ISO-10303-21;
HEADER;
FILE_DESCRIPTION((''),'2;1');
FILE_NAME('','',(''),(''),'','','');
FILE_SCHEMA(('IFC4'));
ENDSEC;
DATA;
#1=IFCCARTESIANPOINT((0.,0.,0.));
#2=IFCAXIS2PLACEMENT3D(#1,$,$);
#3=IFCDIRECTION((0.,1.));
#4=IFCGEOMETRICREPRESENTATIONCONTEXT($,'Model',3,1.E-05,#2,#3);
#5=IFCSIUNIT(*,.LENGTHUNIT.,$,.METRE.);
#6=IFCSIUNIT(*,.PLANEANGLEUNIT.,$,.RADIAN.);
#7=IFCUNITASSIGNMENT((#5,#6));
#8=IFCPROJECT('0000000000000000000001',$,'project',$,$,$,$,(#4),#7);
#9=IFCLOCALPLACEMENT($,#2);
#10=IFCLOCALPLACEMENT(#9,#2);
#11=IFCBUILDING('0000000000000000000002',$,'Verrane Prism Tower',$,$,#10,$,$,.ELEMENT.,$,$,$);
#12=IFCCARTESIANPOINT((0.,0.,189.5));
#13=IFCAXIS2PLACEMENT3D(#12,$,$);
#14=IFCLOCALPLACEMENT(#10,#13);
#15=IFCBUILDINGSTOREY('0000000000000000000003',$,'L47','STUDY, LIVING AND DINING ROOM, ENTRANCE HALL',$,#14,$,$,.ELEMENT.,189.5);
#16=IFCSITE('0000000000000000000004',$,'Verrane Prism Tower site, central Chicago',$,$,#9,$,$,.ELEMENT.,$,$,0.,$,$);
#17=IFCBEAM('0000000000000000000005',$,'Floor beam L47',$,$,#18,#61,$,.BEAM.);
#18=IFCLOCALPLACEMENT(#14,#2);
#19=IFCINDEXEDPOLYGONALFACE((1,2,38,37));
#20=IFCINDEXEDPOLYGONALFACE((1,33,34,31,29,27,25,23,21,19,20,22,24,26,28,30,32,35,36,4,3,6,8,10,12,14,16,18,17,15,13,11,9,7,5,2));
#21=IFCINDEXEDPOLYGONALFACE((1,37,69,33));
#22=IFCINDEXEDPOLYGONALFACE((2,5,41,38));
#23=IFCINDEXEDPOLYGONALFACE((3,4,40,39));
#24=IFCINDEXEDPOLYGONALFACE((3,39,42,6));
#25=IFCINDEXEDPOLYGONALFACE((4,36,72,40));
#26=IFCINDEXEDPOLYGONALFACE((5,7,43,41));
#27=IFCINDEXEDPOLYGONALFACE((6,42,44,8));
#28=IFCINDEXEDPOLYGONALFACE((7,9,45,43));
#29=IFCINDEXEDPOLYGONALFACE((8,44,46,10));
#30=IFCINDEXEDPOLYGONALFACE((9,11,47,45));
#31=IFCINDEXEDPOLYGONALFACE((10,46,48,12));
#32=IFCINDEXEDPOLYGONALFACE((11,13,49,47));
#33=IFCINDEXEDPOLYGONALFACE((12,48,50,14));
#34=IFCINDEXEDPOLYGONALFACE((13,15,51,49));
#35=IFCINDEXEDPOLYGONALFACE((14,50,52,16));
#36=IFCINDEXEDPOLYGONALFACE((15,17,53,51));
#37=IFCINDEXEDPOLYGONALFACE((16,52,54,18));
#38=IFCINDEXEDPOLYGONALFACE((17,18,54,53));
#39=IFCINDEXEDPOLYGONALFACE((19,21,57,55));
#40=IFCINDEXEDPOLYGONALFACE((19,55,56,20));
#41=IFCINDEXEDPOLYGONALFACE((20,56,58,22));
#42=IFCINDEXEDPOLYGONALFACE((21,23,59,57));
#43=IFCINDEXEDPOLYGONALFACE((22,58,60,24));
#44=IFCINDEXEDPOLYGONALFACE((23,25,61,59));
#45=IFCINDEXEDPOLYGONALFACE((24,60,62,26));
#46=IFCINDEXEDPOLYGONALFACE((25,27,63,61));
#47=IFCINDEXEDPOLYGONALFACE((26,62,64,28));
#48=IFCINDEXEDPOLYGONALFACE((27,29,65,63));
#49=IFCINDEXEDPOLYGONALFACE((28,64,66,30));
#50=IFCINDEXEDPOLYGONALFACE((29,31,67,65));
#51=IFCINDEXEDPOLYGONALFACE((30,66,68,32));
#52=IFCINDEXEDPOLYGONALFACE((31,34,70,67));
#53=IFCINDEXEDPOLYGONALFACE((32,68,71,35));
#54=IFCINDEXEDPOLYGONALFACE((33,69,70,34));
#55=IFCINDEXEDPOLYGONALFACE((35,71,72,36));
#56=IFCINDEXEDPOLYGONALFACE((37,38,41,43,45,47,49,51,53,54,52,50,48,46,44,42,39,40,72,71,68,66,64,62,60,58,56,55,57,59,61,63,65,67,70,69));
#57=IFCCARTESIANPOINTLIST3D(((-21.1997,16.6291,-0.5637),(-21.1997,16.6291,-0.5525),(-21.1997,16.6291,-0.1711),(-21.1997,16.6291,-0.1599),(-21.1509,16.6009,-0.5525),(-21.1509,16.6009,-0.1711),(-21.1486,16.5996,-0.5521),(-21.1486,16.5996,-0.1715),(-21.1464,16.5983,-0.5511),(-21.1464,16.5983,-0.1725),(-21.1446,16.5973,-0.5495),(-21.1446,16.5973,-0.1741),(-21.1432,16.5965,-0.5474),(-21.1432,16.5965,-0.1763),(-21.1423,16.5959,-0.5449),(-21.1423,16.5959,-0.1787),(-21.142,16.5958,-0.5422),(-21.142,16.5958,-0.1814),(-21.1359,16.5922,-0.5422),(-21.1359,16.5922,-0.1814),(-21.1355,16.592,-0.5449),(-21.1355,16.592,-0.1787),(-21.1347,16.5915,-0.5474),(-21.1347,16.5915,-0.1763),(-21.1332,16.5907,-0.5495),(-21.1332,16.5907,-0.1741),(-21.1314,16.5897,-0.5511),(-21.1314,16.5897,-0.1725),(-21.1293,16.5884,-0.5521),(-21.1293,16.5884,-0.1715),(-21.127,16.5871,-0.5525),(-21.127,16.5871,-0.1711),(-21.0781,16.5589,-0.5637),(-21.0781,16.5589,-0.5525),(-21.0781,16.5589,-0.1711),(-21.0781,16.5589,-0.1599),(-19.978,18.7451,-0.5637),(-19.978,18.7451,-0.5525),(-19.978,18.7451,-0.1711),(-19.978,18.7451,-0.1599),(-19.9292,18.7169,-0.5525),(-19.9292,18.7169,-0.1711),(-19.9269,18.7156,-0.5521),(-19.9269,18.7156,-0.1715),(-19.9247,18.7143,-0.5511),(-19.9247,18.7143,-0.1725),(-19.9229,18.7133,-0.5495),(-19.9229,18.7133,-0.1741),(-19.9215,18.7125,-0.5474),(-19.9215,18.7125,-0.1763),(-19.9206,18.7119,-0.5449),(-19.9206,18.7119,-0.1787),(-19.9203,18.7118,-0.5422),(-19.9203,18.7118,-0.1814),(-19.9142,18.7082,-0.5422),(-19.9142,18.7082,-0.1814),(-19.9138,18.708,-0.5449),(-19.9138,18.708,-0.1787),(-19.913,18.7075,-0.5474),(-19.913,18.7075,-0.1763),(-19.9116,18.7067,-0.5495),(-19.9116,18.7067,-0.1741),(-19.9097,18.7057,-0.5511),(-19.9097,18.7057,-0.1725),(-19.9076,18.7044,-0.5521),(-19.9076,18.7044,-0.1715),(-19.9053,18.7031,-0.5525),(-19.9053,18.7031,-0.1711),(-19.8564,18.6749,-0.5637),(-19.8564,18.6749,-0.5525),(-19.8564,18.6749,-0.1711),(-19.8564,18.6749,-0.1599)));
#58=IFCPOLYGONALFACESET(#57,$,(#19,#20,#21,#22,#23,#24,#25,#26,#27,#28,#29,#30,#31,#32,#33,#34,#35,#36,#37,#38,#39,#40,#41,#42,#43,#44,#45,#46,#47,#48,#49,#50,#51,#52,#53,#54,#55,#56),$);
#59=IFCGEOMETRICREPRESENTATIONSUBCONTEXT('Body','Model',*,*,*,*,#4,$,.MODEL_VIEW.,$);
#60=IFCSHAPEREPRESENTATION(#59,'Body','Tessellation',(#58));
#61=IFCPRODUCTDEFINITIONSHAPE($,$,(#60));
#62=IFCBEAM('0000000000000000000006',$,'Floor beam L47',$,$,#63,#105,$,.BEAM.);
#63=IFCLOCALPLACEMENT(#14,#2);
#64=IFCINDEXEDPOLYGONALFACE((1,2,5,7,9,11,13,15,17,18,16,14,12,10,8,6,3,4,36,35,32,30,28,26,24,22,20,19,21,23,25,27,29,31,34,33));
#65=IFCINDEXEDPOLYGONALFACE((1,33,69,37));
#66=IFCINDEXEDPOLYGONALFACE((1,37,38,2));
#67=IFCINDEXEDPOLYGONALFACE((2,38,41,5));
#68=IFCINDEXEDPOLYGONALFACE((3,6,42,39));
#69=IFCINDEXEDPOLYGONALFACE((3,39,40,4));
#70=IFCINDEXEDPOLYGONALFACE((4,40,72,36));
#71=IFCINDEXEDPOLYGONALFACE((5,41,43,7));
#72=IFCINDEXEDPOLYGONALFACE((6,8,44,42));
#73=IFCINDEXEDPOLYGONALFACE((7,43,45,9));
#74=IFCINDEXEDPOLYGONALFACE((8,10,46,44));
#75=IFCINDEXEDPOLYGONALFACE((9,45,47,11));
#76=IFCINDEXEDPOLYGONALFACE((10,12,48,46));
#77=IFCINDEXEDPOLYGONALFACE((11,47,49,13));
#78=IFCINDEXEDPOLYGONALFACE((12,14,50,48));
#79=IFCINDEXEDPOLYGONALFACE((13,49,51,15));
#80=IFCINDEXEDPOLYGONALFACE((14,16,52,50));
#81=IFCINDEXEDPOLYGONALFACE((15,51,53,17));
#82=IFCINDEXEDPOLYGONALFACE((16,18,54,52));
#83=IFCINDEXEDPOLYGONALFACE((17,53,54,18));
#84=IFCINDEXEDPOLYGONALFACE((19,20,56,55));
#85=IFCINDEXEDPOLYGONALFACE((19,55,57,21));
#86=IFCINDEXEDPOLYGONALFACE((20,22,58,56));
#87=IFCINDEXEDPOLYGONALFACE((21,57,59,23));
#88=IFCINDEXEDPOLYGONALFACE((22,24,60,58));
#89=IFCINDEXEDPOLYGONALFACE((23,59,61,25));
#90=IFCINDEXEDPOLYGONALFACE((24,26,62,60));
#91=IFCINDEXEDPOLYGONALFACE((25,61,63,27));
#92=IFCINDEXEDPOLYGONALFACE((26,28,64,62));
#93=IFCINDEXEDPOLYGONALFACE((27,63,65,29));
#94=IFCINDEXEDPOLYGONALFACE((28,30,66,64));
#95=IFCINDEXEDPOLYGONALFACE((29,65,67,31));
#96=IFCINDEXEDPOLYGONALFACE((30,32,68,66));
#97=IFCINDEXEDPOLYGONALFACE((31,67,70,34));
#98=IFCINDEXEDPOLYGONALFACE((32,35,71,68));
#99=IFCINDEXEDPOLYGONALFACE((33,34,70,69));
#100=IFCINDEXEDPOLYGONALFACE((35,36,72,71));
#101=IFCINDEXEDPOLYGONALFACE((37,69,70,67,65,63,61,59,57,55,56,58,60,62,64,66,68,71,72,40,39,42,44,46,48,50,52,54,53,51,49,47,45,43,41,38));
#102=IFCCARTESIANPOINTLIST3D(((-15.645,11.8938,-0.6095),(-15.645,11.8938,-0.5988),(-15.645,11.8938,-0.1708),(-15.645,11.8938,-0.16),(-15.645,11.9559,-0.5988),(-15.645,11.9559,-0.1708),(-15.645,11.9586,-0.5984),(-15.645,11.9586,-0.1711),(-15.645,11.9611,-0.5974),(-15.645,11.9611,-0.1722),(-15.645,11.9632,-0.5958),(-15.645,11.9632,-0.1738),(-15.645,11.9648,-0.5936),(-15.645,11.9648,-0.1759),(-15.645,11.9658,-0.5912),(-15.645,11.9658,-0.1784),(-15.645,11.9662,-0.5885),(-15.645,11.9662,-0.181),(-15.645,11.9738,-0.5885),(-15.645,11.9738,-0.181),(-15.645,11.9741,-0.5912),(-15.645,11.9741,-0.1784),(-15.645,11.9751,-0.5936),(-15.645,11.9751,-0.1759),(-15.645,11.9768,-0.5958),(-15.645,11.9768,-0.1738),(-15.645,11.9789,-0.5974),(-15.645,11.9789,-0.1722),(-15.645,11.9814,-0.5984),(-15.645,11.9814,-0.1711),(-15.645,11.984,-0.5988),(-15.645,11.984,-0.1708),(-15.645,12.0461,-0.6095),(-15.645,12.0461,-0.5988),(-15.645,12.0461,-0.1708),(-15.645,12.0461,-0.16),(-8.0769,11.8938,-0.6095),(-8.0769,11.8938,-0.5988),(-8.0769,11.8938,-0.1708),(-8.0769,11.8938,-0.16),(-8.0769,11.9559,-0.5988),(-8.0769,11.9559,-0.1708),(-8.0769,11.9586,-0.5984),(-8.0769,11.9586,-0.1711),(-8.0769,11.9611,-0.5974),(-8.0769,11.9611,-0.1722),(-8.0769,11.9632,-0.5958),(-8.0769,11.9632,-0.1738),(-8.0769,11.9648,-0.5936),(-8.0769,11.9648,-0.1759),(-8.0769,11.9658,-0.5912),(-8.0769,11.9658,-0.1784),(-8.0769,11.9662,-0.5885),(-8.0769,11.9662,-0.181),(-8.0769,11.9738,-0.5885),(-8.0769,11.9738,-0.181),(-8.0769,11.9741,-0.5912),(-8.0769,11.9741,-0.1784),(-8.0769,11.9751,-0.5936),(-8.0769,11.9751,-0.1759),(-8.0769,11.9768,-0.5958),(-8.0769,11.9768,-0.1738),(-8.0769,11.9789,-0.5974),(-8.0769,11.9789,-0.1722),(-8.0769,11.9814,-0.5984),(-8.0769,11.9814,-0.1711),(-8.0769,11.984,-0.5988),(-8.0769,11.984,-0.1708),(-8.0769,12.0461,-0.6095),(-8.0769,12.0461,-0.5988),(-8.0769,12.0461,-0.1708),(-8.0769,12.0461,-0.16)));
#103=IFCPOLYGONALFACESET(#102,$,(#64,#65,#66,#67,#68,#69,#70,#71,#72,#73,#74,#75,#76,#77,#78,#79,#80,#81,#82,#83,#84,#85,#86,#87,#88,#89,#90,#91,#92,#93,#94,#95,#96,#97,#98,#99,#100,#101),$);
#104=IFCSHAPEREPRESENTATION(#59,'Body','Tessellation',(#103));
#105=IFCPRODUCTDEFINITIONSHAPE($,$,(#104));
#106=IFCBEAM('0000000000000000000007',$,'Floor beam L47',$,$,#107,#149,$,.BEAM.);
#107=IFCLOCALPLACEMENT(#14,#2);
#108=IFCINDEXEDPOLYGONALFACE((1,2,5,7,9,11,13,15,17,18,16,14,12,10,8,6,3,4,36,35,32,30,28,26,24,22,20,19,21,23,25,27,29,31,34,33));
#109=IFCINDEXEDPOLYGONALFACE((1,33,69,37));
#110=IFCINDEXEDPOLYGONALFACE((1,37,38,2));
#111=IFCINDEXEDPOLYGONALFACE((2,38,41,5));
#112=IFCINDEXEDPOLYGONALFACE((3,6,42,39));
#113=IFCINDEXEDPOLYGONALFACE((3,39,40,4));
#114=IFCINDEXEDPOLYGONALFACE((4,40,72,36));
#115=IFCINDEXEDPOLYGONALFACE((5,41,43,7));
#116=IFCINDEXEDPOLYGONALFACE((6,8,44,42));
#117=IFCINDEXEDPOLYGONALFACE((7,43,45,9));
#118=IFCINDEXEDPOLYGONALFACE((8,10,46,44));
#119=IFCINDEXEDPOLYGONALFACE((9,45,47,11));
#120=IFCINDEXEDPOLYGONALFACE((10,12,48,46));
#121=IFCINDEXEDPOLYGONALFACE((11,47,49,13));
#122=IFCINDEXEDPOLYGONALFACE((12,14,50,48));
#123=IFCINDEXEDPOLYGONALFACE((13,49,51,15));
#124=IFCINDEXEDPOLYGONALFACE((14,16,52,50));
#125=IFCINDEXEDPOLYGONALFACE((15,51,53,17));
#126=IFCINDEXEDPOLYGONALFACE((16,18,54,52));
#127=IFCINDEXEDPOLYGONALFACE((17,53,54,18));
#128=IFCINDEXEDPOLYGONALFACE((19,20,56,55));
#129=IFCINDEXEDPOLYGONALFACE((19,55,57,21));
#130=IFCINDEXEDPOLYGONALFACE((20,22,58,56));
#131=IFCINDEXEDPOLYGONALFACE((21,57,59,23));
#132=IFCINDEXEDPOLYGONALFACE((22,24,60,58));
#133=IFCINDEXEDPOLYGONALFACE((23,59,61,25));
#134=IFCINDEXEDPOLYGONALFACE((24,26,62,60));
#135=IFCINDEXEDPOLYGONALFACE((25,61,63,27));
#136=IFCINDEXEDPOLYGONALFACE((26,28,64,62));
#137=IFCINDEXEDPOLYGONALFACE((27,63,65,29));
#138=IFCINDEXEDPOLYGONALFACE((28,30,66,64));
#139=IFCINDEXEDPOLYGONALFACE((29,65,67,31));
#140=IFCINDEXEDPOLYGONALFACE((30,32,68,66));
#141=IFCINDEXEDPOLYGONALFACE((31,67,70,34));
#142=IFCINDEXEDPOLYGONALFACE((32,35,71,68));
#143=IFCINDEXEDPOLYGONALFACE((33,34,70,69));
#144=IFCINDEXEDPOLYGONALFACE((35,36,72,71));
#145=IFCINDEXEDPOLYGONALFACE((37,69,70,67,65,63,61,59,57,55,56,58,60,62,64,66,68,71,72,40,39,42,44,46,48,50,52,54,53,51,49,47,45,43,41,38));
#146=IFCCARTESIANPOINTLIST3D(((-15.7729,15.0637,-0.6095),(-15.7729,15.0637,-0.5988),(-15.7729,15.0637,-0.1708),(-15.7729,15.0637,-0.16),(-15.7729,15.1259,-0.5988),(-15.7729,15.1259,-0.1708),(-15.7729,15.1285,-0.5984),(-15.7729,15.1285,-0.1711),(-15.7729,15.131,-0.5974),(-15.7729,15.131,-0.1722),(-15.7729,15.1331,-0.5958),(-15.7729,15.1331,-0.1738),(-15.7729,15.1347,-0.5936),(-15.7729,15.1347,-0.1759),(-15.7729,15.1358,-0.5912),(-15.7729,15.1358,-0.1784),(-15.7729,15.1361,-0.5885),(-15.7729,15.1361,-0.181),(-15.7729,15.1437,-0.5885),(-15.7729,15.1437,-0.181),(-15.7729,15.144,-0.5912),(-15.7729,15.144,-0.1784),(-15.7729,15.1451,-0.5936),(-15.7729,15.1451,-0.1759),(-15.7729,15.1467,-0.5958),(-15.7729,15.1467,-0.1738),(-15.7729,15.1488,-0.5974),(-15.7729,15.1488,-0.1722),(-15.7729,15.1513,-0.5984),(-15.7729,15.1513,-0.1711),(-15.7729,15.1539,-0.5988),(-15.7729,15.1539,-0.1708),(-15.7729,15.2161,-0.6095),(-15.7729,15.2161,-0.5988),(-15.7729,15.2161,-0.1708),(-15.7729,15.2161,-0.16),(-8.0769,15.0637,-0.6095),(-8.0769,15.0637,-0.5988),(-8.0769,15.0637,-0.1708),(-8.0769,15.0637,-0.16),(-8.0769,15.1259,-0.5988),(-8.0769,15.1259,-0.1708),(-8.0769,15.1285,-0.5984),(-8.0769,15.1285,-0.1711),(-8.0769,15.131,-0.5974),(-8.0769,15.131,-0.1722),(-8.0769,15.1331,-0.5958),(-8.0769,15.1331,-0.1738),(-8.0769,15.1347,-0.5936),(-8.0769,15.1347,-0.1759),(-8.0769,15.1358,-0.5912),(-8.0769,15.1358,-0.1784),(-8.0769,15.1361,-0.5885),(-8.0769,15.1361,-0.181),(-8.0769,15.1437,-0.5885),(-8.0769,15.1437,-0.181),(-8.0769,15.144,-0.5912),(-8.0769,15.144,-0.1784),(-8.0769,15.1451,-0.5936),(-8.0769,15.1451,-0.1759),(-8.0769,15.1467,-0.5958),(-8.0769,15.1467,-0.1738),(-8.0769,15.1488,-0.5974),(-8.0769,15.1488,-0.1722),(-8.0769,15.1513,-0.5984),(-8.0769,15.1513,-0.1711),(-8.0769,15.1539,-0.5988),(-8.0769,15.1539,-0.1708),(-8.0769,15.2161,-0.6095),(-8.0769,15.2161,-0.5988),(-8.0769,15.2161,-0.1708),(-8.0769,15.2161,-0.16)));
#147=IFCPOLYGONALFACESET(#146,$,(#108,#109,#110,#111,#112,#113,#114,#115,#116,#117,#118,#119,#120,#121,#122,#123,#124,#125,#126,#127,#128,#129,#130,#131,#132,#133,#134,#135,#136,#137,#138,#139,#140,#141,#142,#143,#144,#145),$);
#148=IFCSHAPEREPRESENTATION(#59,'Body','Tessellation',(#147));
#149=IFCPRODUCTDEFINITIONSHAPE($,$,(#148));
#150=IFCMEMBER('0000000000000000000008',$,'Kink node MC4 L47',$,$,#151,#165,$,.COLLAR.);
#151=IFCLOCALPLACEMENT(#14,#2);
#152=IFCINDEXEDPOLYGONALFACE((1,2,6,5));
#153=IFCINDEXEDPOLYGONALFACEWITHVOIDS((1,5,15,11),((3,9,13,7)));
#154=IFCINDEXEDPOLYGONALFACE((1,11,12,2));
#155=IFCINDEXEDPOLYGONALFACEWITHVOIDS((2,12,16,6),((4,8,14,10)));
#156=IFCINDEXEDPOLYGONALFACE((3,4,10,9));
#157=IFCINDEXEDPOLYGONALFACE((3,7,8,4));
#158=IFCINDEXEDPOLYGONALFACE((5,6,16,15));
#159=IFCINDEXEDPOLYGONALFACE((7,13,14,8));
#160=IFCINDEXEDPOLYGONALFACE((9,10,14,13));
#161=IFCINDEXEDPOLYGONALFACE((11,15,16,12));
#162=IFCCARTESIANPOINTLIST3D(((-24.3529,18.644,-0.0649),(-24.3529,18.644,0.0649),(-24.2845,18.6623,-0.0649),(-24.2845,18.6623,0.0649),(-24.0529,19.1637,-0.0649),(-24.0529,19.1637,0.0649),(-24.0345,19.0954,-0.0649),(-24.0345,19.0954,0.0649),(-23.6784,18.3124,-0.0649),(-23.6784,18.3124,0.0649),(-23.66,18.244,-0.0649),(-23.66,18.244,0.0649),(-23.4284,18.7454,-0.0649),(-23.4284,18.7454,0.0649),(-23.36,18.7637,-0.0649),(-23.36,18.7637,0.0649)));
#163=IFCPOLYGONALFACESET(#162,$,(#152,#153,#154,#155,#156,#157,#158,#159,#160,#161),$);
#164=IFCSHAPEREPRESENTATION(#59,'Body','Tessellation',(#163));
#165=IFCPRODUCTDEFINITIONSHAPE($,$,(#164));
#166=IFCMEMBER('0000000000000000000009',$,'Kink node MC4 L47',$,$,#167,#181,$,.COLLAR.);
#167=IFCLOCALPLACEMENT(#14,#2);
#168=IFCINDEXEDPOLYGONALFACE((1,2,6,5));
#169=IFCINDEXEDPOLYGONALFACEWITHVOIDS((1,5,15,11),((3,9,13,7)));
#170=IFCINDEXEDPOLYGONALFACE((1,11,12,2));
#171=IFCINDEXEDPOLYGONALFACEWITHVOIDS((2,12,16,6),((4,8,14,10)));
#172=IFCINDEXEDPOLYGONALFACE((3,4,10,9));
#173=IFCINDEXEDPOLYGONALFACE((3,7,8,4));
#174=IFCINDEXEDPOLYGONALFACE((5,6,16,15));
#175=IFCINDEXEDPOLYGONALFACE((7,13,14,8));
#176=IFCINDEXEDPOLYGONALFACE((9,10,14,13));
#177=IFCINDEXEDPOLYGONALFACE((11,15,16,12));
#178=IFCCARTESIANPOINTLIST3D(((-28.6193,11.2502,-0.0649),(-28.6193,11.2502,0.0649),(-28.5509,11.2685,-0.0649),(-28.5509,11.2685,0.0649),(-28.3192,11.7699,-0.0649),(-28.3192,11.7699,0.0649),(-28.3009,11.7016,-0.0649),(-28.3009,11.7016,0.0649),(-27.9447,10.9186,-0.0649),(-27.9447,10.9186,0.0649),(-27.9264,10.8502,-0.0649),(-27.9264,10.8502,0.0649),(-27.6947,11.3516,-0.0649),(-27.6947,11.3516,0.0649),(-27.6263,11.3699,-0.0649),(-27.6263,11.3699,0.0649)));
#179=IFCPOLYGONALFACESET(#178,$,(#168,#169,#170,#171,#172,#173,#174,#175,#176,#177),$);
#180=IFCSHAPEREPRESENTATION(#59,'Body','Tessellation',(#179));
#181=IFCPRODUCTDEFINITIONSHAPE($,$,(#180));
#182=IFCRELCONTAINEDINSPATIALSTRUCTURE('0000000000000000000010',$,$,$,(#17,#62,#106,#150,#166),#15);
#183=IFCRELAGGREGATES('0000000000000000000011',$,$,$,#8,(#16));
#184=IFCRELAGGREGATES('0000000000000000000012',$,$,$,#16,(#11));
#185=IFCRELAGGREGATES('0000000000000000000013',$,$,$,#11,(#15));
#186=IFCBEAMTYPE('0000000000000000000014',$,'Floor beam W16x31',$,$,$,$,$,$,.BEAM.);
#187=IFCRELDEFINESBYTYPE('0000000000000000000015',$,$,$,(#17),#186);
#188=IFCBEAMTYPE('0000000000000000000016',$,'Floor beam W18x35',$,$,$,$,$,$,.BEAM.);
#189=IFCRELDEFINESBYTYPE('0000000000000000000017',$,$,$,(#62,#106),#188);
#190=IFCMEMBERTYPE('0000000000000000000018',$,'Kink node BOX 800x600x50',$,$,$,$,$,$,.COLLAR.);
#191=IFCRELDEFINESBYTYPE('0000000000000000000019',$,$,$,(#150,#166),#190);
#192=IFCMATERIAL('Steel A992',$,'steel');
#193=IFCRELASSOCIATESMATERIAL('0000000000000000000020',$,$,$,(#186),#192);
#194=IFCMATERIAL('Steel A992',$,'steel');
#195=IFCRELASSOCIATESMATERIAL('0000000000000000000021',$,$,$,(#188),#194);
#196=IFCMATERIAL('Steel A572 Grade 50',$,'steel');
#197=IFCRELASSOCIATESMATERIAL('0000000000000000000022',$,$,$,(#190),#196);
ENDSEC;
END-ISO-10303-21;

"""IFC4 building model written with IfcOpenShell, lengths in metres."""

from ifc_helpers import new_model, si_unit, direction, frame, origin, origin_2d, place, context, subcontext, project, spatial, hollow_rectangle, i_section, extrude, material, material_profile, profile_set, type_object, element, save


model = new_model("IFC4")

# Units and contexts
model_context = context("Model", 3, precision=1e-05, world=origin(), true_north=direction((0.0, 1.0)))
body_context = subcontext(model_context, "Body", "Model", "MODEL_VIEW")
ifc_project = project(units=[si_unit("LENGTHUNIT", "METRE"), si_unit("PLANEANGLEUNIT", "RADIAN")], contexts=[model_context])

# Site, building, storey
site_placement = place(None, origin())
site = spatial("IfcSite", under=ifc_project, at=site_placement, Name="Verrane Prism Tower site, central Chicago", CompositionType="ELEMENT", RefElevation=0.0)
building_placement = place(site_placement, origin())
building = spatial("IfcBuilding", under=site, at=building_placement, Name="Verrane Prism Tower", CompositionType="ELEMENT")
storey_placement = place(building_placement, frame((0.0, 0.0, 189.5)))
storey = spatial("IfcBuildingStorey", under=building, at=storey_placement, Name="L47", Description="STUDY, LIVING AND DINING ROOM, ENTRANCE HALL", CompositionType="ELEMENT", Elevation=189.5)

# Beams
ifc_material_1 = material(Name="Steel A992", Category="steel")
ifc_material_profile_1 = material_profile(ifc_material_1, i_section(OverallWidth=0.1404, OverallDepth=0.4038, WebThickness=0.0071, FlangeThickness=0.0112, FilletRadius=0.0103, at=origin_2d()), Name="W16x31")
ifc_profile_set_1 = profile_set([ifc_material_profile_1], Name="Steel A992")
beam_type_1 = type_object("IfcBeamType", Name="Floor beam W16x31", PredefinedType="BEAM", material=ifc_profile_set_1)
beam_1_placement = place(storey_placement, frame((-21.1389, 16.594, -0.3618), z_axis=(0.500008, 0.866021, 0.0), x_axis=(-0.866021, 0.500008, 0.0)))
element("IfcBeam", 1, at=beam_1_placement, inside=storey, type_object=beam_type_1, Name="Floor beam L47", PredefinedType="BEAM", context=body_context, shape_type="SweptSolid", body=[
    extrude(i_section(OverallWidth=0.1404, OverallDepth=0.4038, WebThickness=0.0071, FlangeThickness=0.0112, FilletRadius=0.0103, at=origin_2d()), origin(), (0.0, 0.0, 1.0), 2.4434),
])
ifc_material_2 = material(Name="Steel A992", Category="steel")
ifc_material_profile_2 = material_profile(ifc_material_2, i_section(OverallWidth=0.1523, OverallDepth=0.4495, WebThickness=0.0076, FlangeThickness=0.0107, FilletRadius=0.0103, at=origin_2d()), Name="W18x35")
ifc_profile_set_2 = profile_set([ifc_material_profile_2], Name="Steel A992")
beam_type_2 = type_object("IfcBeamType", Name="Floor beam W18x35", PredefinedType="BEAM", material=ifc_profile_set_2)
beam_2_placement = place(storey_placement, frame((-15.645, 11.97, -0.3848), z_axis=(1.0, 0.0, 0.0), x_axis=(0.0, 1.0, 0.0)))
element("IfcBeam", 2, at=beam_2_placement, inside=storey, type_object=beam_type_2, Name="Floor beam L47", PredefinedType="BEAM", context=body_context, shape_type="SweptSolid", body=[
    extrude(i_section(OverallWidth=0.1523, OverallDepth=0.4495, WebThickness=0.0076, FlangeThickness=0.0107, FilletRadius=0.0103, at=origin_2d()), origin(), (0.0, 0.0, 1.0), 7.5681),
])
beam_3_placement = place(storey_placement, frame((-15.7729, 15.1399, -0.3848), z_axis=(1.0, 0.0, 0.0), x_axis=(0.0, 1.0, 0.0)))
element("IfcBeam", 3, at=beam_3_placement, inside=storey, type_object=beam_type_2, Name="Floor beam L47", PredefinedType="BEAM", context=body_context, shape_type="SweptSolid", body=[
    extrude(i_section(OverallWidth=0.1523, OverallDepth=0.4495, WebThickness=0.0076, FlangeThickness=0.0107, FilletRadius=0.0103, at=origin_2d()), origin(), (0.0, 0.0, 1.0), 7.696),
])

# Members
ifc_material_3 = material(Name="Steel A572 Grade 50", Category="steel")
ifc_material_profile_3 = material_profile(ifc_material_3, hollow_rectangle(XDim=0.6001, YDim=0.8, WallThickness=0.05, at=origin_2d()), Name="BOX 800x600x50")
ifc_profile_set_3 = profile_set([ifc_material_profile_3], Name="Steel A572 Grade 50")
member_type_1 = type_object("IfcMemberType", Name="Kink node BOX 800x600x50", PredefinedType="COLLAR", material=ifc_profile_set_3)
for number, where, z_axis, x_axis, name in (
    (4, (-23.8564, 18.7039, -0.0649), (0.0, 0.0, 1.0), (0.5, 0.866025, 0.0), "Kink node MC4 L47"),
    (5, (-28.1228, 11.3101, -0.0649), (0.0, 0.0, 1.0), (0.5, 0.866025, 0.0), "Kink node MC4 L47"),
):
    element("IfcMember", number, at=place(storey_placement, frame(where, z_axis=z_axis, x_axis=x_axis)), inside=storey, type_object=member_type_1, Name=name, PredefinedType="COLLAR", context=body_context, shape_type="SweptSolid", body=[
        extrude(hollow_rectangle(XDim=0.6001, YDim=0.8, WallThickness=0.05, at=origin_2d()), origin(), (0.0, 0.0, 1.0), 0.1299),
    ])

save(model, "model.ifc")
